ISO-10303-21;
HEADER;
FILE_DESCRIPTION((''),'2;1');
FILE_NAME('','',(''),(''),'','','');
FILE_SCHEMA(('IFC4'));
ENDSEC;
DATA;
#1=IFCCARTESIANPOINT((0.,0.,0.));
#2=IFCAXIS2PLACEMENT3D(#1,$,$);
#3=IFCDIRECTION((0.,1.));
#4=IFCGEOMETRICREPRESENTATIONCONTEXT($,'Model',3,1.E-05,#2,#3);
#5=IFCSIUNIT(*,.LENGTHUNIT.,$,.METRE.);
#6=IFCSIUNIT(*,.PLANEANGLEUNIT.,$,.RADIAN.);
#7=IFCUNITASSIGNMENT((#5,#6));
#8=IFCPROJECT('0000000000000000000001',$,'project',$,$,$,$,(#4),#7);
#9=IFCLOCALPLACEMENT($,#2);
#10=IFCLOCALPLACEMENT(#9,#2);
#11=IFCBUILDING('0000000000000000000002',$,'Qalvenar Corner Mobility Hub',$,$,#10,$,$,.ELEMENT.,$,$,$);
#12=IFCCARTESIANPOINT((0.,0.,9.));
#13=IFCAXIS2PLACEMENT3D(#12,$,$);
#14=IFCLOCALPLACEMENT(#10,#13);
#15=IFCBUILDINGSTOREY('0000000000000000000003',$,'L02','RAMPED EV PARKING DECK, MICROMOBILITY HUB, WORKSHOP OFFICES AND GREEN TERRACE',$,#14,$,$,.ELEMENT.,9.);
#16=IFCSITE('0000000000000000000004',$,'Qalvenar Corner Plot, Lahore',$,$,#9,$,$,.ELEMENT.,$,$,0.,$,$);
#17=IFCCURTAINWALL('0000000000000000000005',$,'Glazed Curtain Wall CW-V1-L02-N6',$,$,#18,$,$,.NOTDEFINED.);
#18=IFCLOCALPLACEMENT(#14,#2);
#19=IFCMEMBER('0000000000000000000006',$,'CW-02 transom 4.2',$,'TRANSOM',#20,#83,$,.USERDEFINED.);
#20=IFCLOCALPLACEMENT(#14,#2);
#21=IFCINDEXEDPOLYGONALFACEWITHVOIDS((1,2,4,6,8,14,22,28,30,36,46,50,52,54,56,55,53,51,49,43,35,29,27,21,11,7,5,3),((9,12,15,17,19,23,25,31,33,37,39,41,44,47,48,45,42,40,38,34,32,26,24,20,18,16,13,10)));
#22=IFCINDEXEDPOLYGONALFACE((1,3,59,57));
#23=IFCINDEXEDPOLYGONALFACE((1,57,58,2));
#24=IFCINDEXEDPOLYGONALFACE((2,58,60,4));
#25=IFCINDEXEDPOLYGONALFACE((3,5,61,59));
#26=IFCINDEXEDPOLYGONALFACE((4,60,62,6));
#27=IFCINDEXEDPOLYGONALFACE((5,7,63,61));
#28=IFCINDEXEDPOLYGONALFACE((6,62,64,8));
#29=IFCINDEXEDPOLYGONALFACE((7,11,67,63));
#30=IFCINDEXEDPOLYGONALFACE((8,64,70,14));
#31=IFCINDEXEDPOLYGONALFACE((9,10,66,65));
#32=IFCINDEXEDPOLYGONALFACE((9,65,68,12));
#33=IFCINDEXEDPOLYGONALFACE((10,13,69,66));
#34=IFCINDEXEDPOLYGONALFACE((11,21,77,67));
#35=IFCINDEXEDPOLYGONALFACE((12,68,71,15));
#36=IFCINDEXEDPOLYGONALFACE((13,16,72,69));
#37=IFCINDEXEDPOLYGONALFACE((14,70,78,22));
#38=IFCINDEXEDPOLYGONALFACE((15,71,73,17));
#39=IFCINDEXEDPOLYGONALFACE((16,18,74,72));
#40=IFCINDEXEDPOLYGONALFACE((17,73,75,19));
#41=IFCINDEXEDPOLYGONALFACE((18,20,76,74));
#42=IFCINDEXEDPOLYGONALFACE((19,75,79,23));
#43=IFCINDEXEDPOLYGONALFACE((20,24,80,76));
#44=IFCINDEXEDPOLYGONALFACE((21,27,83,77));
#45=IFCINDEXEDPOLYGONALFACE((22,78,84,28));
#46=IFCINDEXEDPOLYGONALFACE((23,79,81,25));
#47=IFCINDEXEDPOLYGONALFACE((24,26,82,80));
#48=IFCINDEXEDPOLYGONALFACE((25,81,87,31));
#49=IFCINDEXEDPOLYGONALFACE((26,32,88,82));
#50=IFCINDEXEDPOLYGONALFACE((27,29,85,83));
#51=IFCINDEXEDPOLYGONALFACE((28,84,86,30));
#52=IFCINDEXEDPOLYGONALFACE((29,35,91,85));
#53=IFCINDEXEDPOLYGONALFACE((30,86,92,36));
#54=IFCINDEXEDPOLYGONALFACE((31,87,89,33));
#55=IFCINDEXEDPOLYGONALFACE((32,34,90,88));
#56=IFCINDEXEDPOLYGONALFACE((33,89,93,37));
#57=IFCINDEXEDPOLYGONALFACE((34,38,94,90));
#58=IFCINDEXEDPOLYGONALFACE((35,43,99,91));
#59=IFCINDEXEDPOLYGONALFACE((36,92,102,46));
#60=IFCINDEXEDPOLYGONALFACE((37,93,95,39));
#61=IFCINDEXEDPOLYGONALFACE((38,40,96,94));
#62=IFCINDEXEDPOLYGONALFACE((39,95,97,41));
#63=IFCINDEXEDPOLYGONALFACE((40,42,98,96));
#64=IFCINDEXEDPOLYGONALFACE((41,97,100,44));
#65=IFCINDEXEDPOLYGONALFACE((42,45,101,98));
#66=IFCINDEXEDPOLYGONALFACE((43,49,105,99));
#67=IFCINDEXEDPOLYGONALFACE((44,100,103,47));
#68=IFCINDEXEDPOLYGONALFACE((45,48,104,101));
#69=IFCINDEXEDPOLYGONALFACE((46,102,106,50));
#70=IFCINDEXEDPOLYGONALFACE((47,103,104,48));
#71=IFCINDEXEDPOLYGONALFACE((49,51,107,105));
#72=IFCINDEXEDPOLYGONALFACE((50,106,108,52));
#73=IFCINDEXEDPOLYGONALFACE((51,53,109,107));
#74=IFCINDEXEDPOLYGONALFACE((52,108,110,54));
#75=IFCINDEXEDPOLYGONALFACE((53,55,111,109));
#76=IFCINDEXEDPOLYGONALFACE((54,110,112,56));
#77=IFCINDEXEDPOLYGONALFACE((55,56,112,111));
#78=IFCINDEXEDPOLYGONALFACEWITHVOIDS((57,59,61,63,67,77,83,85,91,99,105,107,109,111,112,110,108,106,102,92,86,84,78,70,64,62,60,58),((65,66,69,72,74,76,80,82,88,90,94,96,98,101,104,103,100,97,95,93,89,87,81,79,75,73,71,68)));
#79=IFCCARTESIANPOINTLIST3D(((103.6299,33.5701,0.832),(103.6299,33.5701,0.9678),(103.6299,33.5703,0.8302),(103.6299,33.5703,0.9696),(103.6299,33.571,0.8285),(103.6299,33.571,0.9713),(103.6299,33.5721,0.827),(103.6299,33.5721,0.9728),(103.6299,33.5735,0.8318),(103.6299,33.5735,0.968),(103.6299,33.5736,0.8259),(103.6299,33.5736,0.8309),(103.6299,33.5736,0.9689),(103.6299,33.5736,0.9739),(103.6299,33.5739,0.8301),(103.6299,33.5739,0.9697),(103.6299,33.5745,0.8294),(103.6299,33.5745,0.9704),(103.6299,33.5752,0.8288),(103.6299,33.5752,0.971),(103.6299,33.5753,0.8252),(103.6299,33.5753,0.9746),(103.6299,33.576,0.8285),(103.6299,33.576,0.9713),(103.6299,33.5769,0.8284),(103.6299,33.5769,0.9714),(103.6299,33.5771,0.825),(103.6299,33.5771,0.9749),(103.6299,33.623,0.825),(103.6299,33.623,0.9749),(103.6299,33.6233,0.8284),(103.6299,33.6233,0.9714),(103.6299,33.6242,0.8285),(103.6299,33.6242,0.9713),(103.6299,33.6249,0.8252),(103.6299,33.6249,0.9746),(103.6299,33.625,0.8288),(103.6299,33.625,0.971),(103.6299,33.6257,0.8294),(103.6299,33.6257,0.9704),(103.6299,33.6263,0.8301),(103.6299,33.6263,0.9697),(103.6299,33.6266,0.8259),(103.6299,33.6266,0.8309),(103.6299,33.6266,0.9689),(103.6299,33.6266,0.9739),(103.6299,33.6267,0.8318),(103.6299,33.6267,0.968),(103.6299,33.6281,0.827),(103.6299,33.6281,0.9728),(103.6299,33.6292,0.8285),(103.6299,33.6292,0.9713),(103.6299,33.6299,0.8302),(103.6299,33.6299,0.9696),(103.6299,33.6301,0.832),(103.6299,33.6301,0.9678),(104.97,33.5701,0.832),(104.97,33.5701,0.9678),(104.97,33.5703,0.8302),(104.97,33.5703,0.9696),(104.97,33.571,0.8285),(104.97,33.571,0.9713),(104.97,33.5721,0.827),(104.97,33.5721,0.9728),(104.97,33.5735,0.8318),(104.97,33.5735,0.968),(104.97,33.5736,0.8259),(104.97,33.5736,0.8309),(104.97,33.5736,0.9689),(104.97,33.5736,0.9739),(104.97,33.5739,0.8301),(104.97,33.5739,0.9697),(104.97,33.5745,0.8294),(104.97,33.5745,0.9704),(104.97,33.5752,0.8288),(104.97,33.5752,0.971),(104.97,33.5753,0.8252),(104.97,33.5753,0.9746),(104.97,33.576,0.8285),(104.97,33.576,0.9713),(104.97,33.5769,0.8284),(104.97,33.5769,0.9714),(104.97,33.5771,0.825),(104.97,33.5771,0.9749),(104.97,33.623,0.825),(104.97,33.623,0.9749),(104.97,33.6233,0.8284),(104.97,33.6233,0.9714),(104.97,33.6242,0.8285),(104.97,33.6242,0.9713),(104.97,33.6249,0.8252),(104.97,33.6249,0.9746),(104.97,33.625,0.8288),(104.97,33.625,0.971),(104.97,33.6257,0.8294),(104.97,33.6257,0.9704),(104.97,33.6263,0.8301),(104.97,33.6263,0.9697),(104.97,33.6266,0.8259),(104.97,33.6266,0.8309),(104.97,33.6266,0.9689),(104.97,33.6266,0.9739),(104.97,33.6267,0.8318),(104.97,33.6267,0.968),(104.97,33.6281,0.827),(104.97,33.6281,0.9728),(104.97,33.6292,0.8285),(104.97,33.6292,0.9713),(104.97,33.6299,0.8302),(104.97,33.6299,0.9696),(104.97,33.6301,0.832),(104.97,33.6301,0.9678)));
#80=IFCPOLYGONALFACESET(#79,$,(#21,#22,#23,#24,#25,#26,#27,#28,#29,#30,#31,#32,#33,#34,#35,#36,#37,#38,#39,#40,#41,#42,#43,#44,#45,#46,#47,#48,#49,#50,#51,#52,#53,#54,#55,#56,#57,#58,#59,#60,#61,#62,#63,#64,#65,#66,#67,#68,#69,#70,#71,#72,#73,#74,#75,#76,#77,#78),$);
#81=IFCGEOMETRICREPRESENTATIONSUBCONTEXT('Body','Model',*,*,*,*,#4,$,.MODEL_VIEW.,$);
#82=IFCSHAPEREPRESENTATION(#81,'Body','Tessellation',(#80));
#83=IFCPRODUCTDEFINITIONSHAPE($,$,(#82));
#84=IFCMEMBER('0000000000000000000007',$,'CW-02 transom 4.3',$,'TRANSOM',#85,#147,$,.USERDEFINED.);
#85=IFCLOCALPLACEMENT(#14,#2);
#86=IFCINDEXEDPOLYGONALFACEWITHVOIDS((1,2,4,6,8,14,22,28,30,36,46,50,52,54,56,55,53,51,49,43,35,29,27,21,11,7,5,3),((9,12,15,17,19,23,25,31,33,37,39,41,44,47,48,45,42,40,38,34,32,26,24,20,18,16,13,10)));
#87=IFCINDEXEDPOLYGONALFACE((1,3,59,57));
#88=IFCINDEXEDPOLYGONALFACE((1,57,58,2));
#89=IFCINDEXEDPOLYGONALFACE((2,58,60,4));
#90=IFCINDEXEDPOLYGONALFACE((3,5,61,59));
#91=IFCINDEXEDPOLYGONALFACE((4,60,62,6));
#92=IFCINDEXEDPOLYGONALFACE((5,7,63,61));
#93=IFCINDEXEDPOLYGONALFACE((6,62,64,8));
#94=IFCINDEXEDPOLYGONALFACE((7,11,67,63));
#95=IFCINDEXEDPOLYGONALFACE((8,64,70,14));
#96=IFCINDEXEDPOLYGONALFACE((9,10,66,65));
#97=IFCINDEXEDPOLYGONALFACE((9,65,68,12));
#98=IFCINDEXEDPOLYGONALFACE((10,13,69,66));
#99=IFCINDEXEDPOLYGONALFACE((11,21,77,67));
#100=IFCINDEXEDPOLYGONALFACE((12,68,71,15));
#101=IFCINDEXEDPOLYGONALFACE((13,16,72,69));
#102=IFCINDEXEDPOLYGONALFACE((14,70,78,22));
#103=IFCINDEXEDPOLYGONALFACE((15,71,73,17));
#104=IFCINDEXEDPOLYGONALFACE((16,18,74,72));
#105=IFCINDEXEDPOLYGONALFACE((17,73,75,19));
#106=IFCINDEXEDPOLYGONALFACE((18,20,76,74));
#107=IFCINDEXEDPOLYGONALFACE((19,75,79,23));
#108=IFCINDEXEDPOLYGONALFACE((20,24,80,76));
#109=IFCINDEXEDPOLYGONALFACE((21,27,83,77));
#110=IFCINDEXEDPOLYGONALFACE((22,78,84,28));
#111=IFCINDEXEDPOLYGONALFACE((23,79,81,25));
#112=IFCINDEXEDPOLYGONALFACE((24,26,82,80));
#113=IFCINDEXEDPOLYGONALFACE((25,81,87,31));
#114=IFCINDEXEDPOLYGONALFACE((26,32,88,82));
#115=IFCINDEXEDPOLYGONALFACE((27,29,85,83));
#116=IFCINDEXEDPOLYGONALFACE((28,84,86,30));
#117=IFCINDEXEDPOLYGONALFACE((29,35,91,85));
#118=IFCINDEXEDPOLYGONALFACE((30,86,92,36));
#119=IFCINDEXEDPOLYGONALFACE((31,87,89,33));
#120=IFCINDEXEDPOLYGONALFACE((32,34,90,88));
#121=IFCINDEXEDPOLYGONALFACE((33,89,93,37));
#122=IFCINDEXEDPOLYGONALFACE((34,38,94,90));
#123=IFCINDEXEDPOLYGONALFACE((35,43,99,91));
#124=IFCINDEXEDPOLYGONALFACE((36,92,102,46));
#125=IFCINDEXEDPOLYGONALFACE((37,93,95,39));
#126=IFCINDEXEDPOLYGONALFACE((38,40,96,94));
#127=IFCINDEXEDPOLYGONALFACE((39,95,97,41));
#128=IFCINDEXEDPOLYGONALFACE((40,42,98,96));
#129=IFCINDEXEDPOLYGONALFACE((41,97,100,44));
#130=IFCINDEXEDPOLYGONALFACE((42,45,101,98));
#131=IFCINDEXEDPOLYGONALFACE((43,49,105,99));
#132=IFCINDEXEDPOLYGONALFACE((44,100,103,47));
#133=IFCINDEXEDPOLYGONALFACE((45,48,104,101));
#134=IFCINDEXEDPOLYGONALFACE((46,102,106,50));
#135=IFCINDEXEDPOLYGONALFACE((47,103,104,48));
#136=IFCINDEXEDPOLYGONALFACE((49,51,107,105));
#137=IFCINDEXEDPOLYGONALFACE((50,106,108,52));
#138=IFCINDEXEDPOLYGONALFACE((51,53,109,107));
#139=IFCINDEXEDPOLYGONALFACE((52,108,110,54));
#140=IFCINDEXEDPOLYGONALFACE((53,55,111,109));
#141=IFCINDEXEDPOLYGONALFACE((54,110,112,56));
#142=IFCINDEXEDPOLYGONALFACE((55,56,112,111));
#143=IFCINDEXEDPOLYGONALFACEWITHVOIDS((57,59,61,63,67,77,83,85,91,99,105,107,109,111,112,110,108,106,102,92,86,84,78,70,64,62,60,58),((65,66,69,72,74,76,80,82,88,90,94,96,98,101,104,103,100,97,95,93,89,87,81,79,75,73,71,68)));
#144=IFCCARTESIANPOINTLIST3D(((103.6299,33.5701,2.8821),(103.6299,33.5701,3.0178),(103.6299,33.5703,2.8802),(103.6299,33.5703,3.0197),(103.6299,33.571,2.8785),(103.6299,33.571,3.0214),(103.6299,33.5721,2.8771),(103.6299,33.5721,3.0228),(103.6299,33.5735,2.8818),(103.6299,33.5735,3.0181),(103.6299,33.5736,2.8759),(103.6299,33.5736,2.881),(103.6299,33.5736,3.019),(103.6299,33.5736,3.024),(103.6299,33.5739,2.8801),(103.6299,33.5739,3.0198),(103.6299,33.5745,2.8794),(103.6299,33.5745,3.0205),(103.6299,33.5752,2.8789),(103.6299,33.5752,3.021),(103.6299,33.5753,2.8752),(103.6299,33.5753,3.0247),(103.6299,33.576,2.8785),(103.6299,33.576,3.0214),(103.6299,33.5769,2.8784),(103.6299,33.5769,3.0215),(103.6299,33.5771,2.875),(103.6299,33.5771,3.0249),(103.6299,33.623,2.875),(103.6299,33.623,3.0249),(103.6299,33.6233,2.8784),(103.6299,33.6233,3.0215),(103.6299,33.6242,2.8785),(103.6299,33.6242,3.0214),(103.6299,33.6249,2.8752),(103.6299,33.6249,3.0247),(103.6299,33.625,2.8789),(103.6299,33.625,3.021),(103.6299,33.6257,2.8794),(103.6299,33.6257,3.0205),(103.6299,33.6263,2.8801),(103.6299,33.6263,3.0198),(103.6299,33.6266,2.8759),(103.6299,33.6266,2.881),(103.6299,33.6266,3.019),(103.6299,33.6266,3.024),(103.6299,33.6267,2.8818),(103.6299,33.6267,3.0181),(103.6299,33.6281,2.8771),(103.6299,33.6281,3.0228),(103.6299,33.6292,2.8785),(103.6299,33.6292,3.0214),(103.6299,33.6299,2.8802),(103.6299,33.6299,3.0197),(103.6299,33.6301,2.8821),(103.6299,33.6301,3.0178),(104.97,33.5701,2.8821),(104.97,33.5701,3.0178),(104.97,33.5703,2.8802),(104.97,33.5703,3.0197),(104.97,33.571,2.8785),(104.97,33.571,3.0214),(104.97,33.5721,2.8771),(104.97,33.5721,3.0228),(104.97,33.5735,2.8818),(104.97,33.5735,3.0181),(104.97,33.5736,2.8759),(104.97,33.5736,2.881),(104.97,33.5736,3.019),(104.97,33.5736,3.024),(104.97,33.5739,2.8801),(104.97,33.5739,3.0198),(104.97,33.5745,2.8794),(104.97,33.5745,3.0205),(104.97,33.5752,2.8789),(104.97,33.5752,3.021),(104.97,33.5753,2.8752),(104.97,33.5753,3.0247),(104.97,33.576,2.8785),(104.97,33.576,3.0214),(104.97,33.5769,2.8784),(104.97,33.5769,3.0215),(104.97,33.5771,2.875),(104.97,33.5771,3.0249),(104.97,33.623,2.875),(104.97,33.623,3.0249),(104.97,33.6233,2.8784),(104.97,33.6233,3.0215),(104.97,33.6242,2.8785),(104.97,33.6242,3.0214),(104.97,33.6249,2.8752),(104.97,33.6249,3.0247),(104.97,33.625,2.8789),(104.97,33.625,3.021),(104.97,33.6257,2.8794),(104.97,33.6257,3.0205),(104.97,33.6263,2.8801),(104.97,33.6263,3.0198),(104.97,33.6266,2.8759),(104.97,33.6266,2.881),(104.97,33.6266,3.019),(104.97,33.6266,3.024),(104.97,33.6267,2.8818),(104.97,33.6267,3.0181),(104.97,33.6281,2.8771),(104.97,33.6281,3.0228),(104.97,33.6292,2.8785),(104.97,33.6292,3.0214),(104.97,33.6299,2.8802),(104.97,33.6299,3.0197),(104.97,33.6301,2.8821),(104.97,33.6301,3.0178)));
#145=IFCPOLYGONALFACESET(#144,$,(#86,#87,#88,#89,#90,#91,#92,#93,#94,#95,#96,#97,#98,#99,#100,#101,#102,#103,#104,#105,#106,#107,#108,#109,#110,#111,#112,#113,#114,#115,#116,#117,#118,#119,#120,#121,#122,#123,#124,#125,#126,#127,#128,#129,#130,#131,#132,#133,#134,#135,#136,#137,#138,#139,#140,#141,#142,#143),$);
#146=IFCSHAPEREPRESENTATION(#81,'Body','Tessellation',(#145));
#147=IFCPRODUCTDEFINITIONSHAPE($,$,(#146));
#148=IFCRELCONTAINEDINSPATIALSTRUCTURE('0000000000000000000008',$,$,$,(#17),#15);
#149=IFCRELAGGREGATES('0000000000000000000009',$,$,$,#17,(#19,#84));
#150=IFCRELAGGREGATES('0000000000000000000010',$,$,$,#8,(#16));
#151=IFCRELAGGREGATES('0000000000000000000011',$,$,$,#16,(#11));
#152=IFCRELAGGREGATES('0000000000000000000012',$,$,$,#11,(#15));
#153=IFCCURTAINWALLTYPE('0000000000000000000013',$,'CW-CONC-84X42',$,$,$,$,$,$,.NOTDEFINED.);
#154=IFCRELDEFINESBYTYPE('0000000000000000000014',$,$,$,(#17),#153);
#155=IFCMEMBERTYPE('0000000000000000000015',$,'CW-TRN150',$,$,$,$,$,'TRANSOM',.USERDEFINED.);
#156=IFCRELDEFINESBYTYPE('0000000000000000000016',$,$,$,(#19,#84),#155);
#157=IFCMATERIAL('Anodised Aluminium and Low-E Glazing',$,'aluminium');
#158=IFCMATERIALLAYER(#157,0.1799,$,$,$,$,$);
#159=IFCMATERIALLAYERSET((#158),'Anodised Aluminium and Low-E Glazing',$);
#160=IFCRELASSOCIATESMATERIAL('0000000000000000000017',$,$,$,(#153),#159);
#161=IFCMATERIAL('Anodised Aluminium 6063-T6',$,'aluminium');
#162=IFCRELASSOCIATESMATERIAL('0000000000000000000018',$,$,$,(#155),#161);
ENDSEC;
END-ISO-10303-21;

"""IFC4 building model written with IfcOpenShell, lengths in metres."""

from ifc_helpers import new_model, si_unit, direction, frame, origin, origin_2d, place, context, subcontext, project, spatial, hollow_rectangle, extrude, material, layer, layer_set, material_profile, profile_set, type_object, element, aggregate, save


model = new_model("IFC4")

# Units and contexts
model_context = context("Model", 3, precision=1e-05, world=origin(), true_north=direction((0.0, 1.0)))
body_context = subcontext(model_context, "Body", "Model", "MODEL_VIEW")
ifc_project = project(units=[si_unit("LENGTHUNIT", "METRE"), si_unit("PLANEANGLEUNIT", "RADIAN")], contexts=[model_context])

# Site, building, storey
site_placement = place(None, origin())
site = spatial("IfcSite", under=ifc_project, at=site_placement, Name="Qalvenar Corner Plot, Lahore", CompositionType="ELEMENT", RefElevation=0.0)
building_placement = place(site_placement, origin())
building = spatial("IfcBuilding", under=site, at=building_placement, Name="Qalvenar Corner Mobility Hub", CompositionType="ELEMENT")
storey_placement = place(building_placement, frame((0.0, 0.0, 9.0)))
storey = spatial("IfcBuildingStorey", under=building, at=storey_placement, Name="L02", Description="RAMPED EV PARKING DECK, MICROMOBILITY HUB, WORKSHOP OFFICES AND GREEN TERRACE", CompositionType="ELEMENT", Elevation=9.0)

# Curtain wall, members
ifc_material_1 = material(Name="Anodised Aluminium and Low-E Glazing", Category="aluminium")
ifc_layer_1 = layer(ifc_material_1, 0.1799)
ifc_layer_set_1 = layer_set([ifc_layer_1], Name="Anodised Aluminium and Low-E Glazing")
curtain_wall_type = type_object("IfcCurtainWallType", Name="CW-CONC-84X42", PredefinedType="NOTDEFINED", material=ifc_layer_set_1)
curtain_wall_placement = place(storey_placement, origin())
curtain_wall = element("IfcCurtainWall", 1, at=curtain_wall_placement, inside=storey, type_object=curtain_wall_type, Name="Glazed Curtain Wall CW-V1-L02-N6", PredefinedType="NOTDEFINED")
ifc_material_2 = material(Name="Anodised Aluminium 6063-T6", Category="aluminium")
ifc_material_profile_1 = material_profile(ifc_material_2, hollow_rectangle(XDim=0.0601, YDim=0.1499, WallThickness=0.0034, InnerFilletRadius=0.0034, OuterFilletRadius=0.0071, at=origin_2d()), Name="RHS150x60x3.5")
ifc_profile_set_1 = profile_set([ifc_material_profile_1], Name="Anodised Aluminium 6063-T6")
member_type_1 = type_object("IfcMemberType", Name="CW-TRN150", ElementType="TRANSOM", PredefinedType="USERDEFINED", material=ifc_profile_set_1)
member_1_placement = place(storey_placement, frame((104.97, 33.6001, 0.8999), z_axis=(-1.0, 0.0, 0.0), x_axis=(0.0, -1.0, 0.0)))
member_1 = element("IfcMember", 2, at=member_1_placement, type_object=member_type_1, Name="CW-02 transom 4.2", ObjectType="TRANSOM", PredefinedType="USERDEFINED", context=body_context, shape_type="SweptSolid", body=[
    extrude(hollow_rectangle(XDim=0.0601, YDim=0.1499, WallThickness=0.0034, InnerFilletRadius=0.0034, OuterFilletRadius=0.0071, at=origin_2d()), origin(), (0.0, 0.0, 1.0), 1.3401),
])
member_2_placement = place(storey_placement, frame((104.97, 33.6001, 2.95), z_axis=(-1.0, 0.0, 0.0), x_axis=(0.0, -1.0, 0.0)))
member_2 = element("IfcMember", 3, at=member_2_placement, type_object=member_type_1, Name="CW-02 transom 4.3", ObjectType="TRANSOM", PredefinedType="USERDEFINED", context=body_context, shape_type="SweptSolid", body=[
    extrude(hollow_rectangle(XDim=0.0601, YDim=0.1499, WallThickness=0.0034, InnerFilletRadius=0.0034, OuterFilletRadius=0.0071, at=origin_2d()), origin(), (0.0, 0.0, 1.0), 1.3401),
])

aggregate(curtain_wall, [member_1, member_2])

save(model, "model.ifc")
